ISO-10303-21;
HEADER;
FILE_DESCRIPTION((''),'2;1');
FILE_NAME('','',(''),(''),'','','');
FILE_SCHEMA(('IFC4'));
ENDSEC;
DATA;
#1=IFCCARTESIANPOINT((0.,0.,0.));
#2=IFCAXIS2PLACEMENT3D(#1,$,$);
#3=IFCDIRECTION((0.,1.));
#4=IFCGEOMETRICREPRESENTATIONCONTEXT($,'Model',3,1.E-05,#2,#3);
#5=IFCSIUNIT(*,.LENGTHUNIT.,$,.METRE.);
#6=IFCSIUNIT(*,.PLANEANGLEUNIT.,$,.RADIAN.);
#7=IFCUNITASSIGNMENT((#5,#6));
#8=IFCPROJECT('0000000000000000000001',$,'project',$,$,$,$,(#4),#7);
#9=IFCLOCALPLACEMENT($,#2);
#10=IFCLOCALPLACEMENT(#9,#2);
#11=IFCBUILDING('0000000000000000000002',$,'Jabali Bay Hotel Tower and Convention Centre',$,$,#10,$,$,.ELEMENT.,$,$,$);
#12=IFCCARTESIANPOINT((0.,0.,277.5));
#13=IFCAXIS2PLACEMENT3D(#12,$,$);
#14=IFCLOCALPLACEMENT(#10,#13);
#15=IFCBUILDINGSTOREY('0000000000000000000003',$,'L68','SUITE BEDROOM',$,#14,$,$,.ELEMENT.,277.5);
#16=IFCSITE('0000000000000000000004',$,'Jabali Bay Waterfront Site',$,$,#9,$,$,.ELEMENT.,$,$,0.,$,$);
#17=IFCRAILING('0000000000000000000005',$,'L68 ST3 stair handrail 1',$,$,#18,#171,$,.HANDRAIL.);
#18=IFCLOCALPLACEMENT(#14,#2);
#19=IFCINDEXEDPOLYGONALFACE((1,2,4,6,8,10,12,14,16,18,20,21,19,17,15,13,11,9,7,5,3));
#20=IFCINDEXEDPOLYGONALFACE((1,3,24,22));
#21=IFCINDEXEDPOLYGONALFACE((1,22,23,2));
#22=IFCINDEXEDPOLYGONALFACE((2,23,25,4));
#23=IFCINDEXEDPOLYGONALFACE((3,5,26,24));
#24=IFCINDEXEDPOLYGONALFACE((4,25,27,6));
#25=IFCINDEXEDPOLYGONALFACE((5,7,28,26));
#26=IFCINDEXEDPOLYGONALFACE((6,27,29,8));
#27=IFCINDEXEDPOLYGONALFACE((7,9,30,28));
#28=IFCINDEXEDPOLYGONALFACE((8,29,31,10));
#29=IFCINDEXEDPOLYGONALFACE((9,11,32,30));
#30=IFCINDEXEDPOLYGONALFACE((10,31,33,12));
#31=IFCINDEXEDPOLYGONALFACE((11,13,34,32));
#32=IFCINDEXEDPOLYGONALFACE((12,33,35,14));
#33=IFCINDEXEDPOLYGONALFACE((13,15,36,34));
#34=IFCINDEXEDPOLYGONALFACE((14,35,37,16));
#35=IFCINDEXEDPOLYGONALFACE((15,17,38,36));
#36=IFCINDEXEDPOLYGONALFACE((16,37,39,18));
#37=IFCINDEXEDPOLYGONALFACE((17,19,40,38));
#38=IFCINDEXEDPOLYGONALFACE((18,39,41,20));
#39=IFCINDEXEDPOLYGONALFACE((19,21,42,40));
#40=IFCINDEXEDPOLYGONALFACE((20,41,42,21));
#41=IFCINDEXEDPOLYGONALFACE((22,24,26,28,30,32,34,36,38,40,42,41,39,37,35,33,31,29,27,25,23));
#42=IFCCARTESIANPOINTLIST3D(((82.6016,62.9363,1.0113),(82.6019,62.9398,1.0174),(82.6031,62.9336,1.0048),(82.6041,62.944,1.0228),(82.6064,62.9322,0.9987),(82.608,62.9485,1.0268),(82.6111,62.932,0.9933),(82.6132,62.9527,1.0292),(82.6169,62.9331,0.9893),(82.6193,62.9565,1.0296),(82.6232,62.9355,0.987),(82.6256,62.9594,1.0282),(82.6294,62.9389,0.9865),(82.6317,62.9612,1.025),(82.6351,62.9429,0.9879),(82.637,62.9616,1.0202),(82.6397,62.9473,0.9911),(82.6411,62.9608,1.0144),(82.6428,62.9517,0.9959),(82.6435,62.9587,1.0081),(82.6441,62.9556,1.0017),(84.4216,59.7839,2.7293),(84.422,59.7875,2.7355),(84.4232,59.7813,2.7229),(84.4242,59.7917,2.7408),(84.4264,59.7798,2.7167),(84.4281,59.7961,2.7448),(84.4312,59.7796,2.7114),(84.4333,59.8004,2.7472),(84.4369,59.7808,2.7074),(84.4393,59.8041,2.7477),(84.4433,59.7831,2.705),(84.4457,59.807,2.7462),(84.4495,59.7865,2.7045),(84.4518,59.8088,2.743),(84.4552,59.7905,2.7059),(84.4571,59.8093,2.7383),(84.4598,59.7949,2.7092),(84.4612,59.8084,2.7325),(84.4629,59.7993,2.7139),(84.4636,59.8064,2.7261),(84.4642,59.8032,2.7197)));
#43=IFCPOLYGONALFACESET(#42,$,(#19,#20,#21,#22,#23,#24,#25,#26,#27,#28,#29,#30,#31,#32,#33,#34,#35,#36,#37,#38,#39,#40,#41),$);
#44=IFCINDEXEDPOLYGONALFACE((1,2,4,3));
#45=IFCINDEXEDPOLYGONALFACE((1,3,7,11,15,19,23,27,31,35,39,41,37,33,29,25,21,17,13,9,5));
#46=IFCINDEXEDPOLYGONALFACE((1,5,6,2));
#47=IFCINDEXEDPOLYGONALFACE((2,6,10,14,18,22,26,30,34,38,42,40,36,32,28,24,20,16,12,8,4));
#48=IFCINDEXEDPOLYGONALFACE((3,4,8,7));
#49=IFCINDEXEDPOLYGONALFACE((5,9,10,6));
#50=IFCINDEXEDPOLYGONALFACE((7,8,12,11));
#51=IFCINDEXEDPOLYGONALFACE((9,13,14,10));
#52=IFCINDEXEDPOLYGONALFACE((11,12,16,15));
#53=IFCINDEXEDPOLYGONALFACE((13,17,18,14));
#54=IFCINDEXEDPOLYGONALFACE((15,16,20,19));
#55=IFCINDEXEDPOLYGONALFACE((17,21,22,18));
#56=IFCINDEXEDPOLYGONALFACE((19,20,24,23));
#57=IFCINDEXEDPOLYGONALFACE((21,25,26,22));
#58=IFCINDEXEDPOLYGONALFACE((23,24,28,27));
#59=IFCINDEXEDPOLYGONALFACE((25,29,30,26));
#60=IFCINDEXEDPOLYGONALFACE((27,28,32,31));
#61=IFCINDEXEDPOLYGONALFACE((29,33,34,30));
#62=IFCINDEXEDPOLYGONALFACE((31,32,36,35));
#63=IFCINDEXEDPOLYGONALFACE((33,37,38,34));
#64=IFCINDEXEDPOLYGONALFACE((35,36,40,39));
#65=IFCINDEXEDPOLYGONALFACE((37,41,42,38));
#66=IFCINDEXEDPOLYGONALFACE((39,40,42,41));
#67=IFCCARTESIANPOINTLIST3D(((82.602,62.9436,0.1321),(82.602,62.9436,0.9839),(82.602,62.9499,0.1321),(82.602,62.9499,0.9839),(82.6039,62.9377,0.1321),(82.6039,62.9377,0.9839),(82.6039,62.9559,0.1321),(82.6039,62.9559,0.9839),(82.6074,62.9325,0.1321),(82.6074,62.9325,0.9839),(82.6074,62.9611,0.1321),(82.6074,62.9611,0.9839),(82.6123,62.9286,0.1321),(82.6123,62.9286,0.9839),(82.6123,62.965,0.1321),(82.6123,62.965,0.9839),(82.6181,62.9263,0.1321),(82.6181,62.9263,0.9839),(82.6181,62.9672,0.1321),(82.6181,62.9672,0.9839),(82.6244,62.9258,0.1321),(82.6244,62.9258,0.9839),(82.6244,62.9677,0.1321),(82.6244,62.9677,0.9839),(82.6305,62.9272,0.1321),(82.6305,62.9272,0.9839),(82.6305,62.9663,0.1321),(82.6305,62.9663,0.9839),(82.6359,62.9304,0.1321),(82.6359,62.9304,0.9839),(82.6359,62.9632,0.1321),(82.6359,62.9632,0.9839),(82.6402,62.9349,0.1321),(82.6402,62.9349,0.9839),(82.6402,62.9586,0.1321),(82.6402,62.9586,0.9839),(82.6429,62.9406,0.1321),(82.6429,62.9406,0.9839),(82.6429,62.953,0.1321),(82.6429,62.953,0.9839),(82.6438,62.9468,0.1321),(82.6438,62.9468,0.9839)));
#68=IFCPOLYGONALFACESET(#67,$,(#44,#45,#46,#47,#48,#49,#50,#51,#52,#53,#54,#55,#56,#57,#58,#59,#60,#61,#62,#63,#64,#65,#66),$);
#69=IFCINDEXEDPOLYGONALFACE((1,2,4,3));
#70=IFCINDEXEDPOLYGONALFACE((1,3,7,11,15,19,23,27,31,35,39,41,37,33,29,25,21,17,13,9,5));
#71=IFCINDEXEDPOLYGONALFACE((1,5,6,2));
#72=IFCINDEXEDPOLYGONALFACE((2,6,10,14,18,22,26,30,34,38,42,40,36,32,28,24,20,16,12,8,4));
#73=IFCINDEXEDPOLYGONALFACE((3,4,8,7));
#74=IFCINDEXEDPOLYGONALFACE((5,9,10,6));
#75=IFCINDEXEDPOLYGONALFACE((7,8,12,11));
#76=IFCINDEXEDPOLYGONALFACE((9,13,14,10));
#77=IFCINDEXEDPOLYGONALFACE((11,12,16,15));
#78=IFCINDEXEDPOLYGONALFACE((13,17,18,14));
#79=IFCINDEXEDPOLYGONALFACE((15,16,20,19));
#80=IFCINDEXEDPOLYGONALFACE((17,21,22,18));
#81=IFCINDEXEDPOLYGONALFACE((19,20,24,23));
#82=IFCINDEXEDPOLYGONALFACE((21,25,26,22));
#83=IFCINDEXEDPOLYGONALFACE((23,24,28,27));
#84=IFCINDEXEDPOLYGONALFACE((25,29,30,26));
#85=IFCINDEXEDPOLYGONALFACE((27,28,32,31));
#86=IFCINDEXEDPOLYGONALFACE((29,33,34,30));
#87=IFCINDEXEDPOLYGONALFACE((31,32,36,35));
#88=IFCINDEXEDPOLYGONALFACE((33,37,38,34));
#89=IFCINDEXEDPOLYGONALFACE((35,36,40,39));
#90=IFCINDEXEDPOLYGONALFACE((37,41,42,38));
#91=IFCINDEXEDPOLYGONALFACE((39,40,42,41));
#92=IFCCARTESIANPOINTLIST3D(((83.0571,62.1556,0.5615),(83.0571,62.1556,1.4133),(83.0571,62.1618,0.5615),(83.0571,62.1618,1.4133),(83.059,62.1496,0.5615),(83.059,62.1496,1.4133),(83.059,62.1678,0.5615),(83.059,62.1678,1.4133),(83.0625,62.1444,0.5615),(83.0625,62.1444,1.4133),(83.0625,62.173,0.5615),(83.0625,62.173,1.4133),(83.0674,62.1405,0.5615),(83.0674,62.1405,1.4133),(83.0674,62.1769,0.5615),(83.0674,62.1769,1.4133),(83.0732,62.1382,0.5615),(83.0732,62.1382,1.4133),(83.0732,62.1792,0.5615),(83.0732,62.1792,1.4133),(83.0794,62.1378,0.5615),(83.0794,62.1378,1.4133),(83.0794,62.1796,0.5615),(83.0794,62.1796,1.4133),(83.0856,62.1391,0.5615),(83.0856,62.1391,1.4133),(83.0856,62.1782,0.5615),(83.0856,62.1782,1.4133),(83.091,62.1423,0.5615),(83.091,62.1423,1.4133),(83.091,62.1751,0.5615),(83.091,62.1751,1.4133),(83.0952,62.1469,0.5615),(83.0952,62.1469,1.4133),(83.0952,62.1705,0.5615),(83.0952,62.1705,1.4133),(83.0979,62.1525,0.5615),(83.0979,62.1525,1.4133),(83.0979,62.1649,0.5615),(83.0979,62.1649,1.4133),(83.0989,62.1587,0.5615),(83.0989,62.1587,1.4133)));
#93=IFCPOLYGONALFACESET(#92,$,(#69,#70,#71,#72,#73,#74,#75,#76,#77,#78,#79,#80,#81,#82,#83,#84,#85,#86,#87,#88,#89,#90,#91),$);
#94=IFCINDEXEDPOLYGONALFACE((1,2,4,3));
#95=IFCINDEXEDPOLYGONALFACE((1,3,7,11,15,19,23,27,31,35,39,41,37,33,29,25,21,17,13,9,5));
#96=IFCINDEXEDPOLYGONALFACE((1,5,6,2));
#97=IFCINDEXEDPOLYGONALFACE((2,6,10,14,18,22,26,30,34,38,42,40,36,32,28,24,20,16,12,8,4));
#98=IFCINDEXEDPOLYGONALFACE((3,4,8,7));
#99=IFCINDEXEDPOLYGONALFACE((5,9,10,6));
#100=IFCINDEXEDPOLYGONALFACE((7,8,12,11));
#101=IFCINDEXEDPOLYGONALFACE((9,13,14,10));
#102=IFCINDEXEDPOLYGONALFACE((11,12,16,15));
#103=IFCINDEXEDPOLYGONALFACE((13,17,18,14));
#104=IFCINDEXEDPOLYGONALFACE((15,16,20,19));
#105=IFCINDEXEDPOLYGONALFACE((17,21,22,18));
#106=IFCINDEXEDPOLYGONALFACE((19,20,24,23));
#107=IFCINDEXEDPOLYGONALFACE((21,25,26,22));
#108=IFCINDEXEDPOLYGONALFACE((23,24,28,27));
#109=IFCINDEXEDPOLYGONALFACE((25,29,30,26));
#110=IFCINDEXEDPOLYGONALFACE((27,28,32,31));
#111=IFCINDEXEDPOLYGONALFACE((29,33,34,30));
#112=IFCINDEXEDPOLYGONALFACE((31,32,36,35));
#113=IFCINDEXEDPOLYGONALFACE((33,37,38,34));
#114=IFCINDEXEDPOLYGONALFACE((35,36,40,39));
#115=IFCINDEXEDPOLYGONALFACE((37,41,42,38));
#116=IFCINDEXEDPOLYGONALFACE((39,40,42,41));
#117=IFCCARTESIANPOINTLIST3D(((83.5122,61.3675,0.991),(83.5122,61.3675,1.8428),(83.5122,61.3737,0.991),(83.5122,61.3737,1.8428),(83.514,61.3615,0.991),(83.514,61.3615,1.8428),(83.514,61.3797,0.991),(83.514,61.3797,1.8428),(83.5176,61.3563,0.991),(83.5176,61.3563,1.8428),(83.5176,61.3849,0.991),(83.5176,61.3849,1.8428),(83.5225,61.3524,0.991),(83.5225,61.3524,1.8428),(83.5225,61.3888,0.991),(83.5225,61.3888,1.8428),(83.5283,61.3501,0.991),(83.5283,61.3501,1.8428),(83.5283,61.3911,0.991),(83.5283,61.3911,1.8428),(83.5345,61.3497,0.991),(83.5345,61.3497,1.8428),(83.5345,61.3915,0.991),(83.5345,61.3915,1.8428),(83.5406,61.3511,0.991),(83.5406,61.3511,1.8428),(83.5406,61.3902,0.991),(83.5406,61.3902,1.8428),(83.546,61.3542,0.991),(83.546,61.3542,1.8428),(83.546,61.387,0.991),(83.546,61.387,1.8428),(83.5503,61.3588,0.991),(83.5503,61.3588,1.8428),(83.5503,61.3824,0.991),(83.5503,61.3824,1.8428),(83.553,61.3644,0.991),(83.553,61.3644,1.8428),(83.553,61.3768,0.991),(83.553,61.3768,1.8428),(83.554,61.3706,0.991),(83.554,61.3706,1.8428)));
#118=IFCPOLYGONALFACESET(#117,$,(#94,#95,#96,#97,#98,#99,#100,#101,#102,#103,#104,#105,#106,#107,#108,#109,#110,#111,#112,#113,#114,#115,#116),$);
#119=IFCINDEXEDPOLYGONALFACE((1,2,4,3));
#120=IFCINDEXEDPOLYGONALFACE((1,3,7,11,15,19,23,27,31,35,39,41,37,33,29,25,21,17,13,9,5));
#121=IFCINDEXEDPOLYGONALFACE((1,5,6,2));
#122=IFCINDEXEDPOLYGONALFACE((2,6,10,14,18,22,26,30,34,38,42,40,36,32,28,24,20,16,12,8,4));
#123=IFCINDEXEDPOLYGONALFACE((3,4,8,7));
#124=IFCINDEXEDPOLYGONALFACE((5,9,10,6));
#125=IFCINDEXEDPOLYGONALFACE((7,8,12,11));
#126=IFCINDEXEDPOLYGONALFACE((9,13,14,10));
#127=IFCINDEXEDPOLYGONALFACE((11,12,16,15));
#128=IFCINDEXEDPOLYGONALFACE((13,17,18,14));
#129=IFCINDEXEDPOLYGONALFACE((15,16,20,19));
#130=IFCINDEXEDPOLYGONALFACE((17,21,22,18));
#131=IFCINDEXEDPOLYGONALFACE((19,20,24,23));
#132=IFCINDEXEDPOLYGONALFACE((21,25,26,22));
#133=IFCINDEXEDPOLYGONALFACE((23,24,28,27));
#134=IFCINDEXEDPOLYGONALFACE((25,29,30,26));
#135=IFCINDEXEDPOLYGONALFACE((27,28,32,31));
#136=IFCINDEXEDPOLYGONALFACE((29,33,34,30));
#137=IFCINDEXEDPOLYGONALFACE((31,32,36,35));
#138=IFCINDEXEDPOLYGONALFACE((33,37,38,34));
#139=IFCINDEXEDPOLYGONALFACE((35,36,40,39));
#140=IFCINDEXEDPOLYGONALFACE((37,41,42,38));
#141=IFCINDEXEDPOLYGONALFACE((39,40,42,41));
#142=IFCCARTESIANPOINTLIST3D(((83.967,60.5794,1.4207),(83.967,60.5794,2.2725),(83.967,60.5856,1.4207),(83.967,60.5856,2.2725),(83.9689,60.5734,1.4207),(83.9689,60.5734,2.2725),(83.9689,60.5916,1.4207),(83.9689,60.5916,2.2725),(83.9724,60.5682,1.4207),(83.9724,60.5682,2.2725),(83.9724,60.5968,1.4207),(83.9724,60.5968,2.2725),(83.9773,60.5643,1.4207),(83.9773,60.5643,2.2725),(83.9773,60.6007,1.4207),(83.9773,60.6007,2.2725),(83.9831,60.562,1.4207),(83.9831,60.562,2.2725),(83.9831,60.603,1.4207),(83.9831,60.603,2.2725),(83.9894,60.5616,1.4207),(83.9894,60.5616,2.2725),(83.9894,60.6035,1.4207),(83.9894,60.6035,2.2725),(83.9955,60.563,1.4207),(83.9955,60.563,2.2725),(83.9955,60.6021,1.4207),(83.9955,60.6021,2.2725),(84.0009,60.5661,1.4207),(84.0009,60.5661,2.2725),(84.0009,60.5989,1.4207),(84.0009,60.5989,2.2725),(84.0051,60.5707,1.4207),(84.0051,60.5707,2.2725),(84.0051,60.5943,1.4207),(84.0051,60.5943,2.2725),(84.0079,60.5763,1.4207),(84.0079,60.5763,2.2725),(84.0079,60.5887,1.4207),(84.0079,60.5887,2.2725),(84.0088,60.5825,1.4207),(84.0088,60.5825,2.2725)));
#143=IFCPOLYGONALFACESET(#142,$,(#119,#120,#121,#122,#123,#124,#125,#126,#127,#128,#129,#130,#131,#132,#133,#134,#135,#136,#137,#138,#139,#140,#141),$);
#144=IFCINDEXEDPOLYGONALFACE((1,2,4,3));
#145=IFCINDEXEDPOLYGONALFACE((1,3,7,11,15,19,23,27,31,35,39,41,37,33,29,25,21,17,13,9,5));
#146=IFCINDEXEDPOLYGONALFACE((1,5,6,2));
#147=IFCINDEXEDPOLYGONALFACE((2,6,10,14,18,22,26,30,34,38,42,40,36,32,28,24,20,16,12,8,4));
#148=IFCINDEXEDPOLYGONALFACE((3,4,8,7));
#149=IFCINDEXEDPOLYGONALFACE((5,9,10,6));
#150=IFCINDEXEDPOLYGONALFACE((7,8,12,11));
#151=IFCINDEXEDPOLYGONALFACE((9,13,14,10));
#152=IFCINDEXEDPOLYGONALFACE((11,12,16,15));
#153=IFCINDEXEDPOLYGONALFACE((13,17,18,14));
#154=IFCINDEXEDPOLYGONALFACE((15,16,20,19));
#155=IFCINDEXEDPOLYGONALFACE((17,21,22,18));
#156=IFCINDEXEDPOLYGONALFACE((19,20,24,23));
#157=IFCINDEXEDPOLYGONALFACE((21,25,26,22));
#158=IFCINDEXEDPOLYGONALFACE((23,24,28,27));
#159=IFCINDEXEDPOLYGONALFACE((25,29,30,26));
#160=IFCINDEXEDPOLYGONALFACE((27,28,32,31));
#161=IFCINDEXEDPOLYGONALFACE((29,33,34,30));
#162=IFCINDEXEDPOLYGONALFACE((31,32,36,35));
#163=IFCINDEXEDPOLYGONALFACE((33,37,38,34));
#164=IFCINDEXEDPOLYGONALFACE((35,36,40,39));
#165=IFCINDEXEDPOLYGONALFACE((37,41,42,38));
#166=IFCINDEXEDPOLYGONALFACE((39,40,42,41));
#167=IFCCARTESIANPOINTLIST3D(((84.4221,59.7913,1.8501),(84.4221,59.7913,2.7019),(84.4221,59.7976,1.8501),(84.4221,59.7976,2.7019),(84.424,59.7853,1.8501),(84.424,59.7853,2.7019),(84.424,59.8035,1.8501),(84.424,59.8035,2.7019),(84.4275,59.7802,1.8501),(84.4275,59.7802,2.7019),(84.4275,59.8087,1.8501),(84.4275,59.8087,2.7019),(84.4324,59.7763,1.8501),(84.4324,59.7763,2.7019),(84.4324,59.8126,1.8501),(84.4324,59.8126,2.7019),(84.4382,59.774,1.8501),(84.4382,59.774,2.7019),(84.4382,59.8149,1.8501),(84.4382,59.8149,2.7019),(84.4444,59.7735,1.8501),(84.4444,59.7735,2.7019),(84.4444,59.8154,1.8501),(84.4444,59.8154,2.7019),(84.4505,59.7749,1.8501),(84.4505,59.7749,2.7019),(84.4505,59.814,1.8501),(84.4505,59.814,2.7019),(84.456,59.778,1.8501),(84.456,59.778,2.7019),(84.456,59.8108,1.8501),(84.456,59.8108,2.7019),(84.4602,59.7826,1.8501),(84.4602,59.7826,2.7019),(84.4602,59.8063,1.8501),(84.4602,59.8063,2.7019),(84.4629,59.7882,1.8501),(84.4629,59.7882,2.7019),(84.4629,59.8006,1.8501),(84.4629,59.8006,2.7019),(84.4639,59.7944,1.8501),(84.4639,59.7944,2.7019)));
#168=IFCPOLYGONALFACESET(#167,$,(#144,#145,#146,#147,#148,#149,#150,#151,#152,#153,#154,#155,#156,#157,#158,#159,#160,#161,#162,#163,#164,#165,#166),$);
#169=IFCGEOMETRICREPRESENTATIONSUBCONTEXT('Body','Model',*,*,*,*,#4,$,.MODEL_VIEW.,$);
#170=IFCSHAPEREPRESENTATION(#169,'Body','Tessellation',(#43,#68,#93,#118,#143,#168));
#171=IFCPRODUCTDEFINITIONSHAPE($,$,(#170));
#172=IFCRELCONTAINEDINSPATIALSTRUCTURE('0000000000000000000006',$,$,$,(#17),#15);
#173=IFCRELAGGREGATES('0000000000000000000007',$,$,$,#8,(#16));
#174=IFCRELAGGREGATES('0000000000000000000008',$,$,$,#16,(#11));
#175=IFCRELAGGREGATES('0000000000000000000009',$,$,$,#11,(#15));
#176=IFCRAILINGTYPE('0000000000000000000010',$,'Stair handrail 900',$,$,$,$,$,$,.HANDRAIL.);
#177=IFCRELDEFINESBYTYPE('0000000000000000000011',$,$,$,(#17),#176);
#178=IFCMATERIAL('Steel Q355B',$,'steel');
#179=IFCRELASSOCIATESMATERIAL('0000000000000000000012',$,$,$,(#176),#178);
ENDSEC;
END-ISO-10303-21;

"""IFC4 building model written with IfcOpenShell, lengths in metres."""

from ifc_helpers import new_model, si_unit, direction, frame, origin, origin_2d, place, context, subcontext, project, spatial, circle, extrude, material, type_object, element, save


model = new_model("IFC4")

# Units and contexts
model_context = context("Model", 3, precision=1e-05, world=origin(), true_north=direction((0.0, 1.0)))
body_context = subcontext(model_context, "Body", "Model", "MODEL_VIEW")
ifc_project = project(units=[si_unit("LENGTHUNIT", "METRE"), si_unit("PLANEANGLEUNIT", "RADIAN")], contexts=[model_context])

# Site, building, storey
site_placement = place(None, origin())
site = spatial("IfcSite", under=ifc_project, at=site_placement, Name="Jabali Bay Waterfront Site", CompositionType="ELEMENT", RefElevation=0.0)
building_placement = place(site_placement, origin())
building = spatial("IfcBuilding", under=site, at=building_placement, Name="Jabali Bay Hotel Tower and Convention Centre", CompositionType="ELEMENT")
storey_placement = place(building_placement, frame((0.0, 0.0, 277.5)))
storey = spatial("IfcBuildingStorey", under=building, at=storey_placement, Name="L68", Description="SUITE BEDROOM", CompositionType="ELEMENT", Elevation=277.5)

# Railing
ifc_material_1 = material(Name="Steel Q355B", Category="steel")
railing_type_1 = type_object("IfcRailingType", Name="Stair handrail 900", PredefinedType="HANDRAIL", material=ifc_material_1)
railing_1_placement = place(storey_placement, frame((82.6228, 62.9468, 0.1321)))
element("IfcRailing", 1, at=railing_1_placement, inside=storey, type_object=railing_type_1, Name="L68 ST3 stair handrail 1", PredefinedType="HANDRAIL", context=body_context, shape_type="SweptSolid", body=[
    extrude(circle(Radius=0.0239, at=origin_2d()), frame((0.0, 0.0, 0.876), z_axis=(0.452179, -0.78317, 0.426825), x_axis=(0.866018, 0.500013, 0.0)), (0.0, 0.0, 1.0), 4.0251),
    extrude(circle(Radius=0.021, at=origin_2d()), origin(), (0.0, 0.0, 1.0), 0.8518),
    extrude(circle(Radius=0.021, at=origin_2d()), frame((0.4551, -0.7881, 0.4294)), (0.0, 0.0, 1.0), 0.8518),
    extrude(circle(Radius=0.021, at=origin_2d()), frame((0.9102, -1.5762, 0.8589)), (0.0, 0.0, 1.0), 0.8518),
    extrude(circle(Radius=0.021, at=origin_2d()), frame((1.365, -2.3643, 1.2886)), (0.0, 0.0, 1.0), 0.8518),
    extrude(circle(Radius=0.021, at=origin_2d()), frame((1.8201, -3.1523, 1.718)), (0.0, 0.0, 1.0), 0.8518),
])

save(model, "model.ifc")
